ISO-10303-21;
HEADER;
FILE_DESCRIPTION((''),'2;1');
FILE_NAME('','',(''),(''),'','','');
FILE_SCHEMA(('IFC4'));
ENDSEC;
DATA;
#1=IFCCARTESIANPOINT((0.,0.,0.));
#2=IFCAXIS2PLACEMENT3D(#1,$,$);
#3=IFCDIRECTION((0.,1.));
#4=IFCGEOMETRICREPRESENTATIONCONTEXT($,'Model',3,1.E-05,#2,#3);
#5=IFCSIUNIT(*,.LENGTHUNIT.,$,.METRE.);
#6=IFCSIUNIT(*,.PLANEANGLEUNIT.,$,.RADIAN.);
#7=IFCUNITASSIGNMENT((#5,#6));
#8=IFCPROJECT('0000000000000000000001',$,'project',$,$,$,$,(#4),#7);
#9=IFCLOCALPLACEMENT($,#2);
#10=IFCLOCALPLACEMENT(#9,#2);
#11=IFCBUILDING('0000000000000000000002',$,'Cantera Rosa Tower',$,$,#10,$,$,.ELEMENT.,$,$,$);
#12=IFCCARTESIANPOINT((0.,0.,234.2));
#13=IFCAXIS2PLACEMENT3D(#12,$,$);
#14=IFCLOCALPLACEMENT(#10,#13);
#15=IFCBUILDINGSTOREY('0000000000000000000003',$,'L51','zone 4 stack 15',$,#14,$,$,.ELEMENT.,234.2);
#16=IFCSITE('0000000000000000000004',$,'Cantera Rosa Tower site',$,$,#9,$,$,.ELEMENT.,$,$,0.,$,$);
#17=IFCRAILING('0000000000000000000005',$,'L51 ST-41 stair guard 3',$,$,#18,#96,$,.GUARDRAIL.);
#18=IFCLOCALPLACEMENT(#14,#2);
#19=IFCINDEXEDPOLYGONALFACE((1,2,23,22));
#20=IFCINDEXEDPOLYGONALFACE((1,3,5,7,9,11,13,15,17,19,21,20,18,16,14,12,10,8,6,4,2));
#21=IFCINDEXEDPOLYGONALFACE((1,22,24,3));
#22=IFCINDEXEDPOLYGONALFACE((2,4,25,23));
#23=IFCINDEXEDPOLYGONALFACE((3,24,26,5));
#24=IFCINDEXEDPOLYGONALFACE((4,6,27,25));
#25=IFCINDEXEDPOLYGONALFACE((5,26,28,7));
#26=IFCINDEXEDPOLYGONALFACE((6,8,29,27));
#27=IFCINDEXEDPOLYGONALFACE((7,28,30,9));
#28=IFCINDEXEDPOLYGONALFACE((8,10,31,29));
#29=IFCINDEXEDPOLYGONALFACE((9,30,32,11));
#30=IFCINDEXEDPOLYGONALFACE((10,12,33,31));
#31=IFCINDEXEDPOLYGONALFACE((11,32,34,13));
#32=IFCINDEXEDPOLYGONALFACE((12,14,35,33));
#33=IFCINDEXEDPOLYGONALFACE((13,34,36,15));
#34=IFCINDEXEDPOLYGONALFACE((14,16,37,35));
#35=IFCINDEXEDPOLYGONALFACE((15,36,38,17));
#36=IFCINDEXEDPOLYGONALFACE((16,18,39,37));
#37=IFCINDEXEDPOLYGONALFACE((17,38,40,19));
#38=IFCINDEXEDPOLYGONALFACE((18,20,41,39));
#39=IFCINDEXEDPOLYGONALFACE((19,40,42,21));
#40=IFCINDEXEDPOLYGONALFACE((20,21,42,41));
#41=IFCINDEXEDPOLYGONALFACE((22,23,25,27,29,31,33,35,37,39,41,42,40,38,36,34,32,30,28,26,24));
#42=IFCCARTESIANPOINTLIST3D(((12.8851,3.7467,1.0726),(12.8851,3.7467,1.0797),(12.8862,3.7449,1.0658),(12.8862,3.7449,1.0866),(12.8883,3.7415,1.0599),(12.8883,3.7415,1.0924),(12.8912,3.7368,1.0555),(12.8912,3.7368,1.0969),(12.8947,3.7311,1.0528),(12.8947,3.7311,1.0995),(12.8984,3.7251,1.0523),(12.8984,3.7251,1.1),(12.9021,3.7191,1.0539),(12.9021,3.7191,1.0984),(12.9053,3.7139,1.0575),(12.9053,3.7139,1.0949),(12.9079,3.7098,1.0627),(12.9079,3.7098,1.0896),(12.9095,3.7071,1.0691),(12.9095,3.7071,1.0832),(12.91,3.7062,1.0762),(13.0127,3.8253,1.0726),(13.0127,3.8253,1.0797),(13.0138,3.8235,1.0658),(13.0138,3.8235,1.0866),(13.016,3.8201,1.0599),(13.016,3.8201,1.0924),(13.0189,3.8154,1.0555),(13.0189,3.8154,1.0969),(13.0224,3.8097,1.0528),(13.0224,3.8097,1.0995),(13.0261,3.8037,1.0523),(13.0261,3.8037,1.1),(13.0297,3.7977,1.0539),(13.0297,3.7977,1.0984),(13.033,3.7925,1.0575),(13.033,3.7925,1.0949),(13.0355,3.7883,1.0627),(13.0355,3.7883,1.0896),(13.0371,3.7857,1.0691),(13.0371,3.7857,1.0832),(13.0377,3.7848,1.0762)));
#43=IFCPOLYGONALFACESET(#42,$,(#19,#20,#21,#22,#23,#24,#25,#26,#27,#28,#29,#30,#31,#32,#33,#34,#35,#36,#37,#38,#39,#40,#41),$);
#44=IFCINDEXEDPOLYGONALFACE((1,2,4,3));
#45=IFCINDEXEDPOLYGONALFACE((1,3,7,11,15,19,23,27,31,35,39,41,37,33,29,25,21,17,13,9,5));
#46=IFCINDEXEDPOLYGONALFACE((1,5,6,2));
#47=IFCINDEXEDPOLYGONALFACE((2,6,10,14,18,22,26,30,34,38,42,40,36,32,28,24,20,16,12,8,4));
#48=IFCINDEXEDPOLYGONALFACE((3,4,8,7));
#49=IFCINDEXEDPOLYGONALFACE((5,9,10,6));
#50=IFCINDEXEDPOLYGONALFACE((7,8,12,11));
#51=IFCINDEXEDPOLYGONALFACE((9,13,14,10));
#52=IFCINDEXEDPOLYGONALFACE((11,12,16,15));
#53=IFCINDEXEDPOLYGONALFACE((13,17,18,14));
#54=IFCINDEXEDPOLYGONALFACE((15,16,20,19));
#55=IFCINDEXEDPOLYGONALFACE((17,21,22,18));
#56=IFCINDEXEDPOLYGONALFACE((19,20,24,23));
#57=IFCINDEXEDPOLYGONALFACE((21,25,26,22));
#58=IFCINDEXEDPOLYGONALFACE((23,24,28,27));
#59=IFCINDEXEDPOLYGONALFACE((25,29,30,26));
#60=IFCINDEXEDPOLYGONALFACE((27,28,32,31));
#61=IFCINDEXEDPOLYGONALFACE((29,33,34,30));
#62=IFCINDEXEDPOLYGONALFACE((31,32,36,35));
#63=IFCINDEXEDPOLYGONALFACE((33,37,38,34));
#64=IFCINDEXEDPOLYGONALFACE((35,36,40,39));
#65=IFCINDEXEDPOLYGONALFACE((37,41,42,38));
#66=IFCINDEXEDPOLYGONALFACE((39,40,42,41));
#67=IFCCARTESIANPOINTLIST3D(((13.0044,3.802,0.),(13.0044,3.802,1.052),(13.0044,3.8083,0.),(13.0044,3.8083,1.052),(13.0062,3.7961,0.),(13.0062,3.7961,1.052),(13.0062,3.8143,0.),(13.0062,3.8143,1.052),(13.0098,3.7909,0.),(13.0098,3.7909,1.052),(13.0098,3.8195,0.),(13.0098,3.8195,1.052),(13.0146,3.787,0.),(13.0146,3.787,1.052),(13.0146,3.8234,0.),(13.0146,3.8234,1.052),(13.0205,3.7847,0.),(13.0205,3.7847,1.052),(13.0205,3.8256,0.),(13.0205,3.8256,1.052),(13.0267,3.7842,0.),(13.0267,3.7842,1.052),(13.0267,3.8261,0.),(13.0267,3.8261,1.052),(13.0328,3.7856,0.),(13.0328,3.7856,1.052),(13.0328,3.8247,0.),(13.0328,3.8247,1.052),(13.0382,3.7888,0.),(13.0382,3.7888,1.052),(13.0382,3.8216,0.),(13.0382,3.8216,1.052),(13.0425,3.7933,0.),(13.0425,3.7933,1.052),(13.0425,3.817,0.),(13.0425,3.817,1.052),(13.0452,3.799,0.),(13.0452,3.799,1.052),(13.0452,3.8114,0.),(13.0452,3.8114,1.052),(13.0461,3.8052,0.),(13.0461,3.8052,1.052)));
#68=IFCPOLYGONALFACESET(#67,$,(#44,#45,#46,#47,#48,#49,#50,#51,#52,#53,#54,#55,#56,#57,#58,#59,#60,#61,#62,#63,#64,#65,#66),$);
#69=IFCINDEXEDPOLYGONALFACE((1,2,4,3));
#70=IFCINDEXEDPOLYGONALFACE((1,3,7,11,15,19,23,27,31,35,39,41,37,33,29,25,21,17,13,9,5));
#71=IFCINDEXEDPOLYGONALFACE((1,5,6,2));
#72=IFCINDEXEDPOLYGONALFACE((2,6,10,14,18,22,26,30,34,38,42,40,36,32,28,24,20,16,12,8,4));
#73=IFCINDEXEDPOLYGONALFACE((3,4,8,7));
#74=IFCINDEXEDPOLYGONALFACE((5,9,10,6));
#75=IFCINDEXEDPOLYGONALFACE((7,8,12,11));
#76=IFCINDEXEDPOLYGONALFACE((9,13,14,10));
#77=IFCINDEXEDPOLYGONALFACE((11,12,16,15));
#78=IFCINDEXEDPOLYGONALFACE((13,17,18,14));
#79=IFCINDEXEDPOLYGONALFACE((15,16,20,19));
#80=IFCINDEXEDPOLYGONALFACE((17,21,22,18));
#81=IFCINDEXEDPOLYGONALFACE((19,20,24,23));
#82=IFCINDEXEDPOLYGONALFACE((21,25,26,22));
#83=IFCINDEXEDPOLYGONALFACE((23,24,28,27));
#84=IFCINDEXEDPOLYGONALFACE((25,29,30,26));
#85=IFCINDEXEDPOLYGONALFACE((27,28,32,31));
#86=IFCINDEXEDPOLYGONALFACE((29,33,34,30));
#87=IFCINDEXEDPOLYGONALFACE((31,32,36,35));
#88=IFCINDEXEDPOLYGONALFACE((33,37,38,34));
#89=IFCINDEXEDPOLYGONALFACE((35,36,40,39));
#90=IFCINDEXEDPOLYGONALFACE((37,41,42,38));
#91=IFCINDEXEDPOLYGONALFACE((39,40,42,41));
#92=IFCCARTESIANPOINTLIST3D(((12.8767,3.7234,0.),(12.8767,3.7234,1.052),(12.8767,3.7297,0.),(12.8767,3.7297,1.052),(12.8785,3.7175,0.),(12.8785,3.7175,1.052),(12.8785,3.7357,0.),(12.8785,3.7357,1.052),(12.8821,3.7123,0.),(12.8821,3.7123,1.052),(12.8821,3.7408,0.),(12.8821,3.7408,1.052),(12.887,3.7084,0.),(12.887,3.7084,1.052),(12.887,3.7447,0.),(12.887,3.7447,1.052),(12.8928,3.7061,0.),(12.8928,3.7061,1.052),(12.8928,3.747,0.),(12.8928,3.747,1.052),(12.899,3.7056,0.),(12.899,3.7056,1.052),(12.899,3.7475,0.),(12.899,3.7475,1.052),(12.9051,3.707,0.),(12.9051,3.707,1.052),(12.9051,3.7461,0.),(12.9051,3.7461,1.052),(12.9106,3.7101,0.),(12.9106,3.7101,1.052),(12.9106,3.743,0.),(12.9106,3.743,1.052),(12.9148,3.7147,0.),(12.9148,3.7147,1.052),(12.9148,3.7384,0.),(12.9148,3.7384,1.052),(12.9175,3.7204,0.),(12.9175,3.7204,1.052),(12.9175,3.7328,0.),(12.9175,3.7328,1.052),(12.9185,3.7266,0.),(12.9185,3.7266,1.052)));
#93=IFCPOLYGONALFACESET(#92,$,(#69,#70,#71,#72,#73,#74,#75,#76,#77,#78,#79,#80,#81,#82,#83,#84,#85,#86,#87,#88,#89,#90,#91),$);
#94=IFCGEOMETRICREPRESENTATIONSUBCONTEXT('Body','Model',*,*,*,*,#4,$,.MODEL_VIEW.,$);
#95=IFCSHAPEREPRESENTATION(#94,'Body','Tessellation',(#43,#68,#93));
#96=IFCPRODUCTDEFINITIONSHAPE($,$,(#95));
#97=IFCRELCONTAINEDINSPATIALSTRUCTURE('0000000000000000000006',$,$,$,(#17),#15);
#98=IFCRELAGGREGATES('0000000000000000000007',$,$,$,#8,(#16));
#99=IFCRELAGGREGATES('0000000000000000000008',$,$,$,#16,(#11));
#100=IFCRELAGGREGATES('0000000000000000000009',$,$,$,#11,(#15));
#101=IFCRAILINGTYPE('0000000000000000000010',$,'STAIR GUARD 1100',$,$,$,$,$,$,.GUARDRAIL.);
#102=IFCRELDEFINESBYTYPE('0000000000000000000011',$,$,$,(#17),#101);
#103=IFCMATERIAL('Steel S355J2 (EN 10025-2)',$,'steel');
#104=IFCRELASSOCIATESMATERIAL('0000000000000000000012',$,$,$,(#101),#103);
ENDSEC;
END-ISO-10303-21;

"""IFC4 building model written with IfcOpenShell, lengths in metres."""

from ifc_helpers import new_model, si_unit, direction, frame, origin, origin_2d, place, context, subcontext, project, spatial, circle, extrude, material, type_object, element, save


model = new_model("IFC4")

# Units and contexts
model_context = context("Model", 3, precision=1e-05, world=origin(), true_north=direction((0.0, 1.0)))
body_context = subcontext(model_context, "Body", "Model", "MODEL_VIEW")
ifc_project = project(units=[si_unit("LENGTHUNIT", "METRE"), si_unit("PLANEANGLEUNIT", "RADIAN")], contexts=[model_context])

# Site, building, storey
site_placement = place(None, origin())
site = spatial("IfcSite", under=ifc_project, at=site_placement, Name="Cantera Rosa Tower site", CompositionType="ELEMENT", RefElevation=0.0)
building_placement = place(site_placement, origin())
building = spatial("IfcBuilding", under=site, at=building_placement, Name="Cantera Rosa Tower", CompositionType="ELEMENT")
storey_placement = place(building_placement, frame((0.0, 0.0, 234.2)))
storey = spatial("IfcBuildingStorey", under=building, at=storey_placement, Name="L51", Description="zone 4 stack 15", CompositionType="ELEMENT", Elevation=234.2)

# Railing
ifc_material_1 = material(Name="Steel S355J2 (EN 10025-2)", Category="steel")
railing_type_1 = type_object("IfcRailingType", Name="STAIR GUARD 1100", PredefinedType="GUARDRAIL", material=ifc_material_1)
railing_1_placement = place(storey_placement, frame((13.0251, 3.8052, 0.0)))
element("IfcRailing", 1, at=railing_1_placement, inside=storey, type_object=railing_type_1, Name="L51 ST-41 stair guard 3", PredefinedType="GUARDRAIL", context=body_context, shape_type="SweptSolid", body=[
    extrude(circle(Radius=0.0239, at=origin_2d()), frame((0.0, 0.0, 1.0762), z_axis=(-0.851546, -0.524279, 0.0), x_axis=(0.524279, -0.851546, 0.0)), (0.0, 0.0, 1.0), 0.1499),
    extrude(circle(Radius=0.021, at=origin_2d()), origin(), (0.0, 0.0, 1.0), 1.052),
    extrude(circle(Radius=0.021, at=origin_2d()), frame((-0.1277, -0.0786, 0.0)), (0.0, 0.0, 1.0), 1.052),
])

save(model, "model.ifc")
